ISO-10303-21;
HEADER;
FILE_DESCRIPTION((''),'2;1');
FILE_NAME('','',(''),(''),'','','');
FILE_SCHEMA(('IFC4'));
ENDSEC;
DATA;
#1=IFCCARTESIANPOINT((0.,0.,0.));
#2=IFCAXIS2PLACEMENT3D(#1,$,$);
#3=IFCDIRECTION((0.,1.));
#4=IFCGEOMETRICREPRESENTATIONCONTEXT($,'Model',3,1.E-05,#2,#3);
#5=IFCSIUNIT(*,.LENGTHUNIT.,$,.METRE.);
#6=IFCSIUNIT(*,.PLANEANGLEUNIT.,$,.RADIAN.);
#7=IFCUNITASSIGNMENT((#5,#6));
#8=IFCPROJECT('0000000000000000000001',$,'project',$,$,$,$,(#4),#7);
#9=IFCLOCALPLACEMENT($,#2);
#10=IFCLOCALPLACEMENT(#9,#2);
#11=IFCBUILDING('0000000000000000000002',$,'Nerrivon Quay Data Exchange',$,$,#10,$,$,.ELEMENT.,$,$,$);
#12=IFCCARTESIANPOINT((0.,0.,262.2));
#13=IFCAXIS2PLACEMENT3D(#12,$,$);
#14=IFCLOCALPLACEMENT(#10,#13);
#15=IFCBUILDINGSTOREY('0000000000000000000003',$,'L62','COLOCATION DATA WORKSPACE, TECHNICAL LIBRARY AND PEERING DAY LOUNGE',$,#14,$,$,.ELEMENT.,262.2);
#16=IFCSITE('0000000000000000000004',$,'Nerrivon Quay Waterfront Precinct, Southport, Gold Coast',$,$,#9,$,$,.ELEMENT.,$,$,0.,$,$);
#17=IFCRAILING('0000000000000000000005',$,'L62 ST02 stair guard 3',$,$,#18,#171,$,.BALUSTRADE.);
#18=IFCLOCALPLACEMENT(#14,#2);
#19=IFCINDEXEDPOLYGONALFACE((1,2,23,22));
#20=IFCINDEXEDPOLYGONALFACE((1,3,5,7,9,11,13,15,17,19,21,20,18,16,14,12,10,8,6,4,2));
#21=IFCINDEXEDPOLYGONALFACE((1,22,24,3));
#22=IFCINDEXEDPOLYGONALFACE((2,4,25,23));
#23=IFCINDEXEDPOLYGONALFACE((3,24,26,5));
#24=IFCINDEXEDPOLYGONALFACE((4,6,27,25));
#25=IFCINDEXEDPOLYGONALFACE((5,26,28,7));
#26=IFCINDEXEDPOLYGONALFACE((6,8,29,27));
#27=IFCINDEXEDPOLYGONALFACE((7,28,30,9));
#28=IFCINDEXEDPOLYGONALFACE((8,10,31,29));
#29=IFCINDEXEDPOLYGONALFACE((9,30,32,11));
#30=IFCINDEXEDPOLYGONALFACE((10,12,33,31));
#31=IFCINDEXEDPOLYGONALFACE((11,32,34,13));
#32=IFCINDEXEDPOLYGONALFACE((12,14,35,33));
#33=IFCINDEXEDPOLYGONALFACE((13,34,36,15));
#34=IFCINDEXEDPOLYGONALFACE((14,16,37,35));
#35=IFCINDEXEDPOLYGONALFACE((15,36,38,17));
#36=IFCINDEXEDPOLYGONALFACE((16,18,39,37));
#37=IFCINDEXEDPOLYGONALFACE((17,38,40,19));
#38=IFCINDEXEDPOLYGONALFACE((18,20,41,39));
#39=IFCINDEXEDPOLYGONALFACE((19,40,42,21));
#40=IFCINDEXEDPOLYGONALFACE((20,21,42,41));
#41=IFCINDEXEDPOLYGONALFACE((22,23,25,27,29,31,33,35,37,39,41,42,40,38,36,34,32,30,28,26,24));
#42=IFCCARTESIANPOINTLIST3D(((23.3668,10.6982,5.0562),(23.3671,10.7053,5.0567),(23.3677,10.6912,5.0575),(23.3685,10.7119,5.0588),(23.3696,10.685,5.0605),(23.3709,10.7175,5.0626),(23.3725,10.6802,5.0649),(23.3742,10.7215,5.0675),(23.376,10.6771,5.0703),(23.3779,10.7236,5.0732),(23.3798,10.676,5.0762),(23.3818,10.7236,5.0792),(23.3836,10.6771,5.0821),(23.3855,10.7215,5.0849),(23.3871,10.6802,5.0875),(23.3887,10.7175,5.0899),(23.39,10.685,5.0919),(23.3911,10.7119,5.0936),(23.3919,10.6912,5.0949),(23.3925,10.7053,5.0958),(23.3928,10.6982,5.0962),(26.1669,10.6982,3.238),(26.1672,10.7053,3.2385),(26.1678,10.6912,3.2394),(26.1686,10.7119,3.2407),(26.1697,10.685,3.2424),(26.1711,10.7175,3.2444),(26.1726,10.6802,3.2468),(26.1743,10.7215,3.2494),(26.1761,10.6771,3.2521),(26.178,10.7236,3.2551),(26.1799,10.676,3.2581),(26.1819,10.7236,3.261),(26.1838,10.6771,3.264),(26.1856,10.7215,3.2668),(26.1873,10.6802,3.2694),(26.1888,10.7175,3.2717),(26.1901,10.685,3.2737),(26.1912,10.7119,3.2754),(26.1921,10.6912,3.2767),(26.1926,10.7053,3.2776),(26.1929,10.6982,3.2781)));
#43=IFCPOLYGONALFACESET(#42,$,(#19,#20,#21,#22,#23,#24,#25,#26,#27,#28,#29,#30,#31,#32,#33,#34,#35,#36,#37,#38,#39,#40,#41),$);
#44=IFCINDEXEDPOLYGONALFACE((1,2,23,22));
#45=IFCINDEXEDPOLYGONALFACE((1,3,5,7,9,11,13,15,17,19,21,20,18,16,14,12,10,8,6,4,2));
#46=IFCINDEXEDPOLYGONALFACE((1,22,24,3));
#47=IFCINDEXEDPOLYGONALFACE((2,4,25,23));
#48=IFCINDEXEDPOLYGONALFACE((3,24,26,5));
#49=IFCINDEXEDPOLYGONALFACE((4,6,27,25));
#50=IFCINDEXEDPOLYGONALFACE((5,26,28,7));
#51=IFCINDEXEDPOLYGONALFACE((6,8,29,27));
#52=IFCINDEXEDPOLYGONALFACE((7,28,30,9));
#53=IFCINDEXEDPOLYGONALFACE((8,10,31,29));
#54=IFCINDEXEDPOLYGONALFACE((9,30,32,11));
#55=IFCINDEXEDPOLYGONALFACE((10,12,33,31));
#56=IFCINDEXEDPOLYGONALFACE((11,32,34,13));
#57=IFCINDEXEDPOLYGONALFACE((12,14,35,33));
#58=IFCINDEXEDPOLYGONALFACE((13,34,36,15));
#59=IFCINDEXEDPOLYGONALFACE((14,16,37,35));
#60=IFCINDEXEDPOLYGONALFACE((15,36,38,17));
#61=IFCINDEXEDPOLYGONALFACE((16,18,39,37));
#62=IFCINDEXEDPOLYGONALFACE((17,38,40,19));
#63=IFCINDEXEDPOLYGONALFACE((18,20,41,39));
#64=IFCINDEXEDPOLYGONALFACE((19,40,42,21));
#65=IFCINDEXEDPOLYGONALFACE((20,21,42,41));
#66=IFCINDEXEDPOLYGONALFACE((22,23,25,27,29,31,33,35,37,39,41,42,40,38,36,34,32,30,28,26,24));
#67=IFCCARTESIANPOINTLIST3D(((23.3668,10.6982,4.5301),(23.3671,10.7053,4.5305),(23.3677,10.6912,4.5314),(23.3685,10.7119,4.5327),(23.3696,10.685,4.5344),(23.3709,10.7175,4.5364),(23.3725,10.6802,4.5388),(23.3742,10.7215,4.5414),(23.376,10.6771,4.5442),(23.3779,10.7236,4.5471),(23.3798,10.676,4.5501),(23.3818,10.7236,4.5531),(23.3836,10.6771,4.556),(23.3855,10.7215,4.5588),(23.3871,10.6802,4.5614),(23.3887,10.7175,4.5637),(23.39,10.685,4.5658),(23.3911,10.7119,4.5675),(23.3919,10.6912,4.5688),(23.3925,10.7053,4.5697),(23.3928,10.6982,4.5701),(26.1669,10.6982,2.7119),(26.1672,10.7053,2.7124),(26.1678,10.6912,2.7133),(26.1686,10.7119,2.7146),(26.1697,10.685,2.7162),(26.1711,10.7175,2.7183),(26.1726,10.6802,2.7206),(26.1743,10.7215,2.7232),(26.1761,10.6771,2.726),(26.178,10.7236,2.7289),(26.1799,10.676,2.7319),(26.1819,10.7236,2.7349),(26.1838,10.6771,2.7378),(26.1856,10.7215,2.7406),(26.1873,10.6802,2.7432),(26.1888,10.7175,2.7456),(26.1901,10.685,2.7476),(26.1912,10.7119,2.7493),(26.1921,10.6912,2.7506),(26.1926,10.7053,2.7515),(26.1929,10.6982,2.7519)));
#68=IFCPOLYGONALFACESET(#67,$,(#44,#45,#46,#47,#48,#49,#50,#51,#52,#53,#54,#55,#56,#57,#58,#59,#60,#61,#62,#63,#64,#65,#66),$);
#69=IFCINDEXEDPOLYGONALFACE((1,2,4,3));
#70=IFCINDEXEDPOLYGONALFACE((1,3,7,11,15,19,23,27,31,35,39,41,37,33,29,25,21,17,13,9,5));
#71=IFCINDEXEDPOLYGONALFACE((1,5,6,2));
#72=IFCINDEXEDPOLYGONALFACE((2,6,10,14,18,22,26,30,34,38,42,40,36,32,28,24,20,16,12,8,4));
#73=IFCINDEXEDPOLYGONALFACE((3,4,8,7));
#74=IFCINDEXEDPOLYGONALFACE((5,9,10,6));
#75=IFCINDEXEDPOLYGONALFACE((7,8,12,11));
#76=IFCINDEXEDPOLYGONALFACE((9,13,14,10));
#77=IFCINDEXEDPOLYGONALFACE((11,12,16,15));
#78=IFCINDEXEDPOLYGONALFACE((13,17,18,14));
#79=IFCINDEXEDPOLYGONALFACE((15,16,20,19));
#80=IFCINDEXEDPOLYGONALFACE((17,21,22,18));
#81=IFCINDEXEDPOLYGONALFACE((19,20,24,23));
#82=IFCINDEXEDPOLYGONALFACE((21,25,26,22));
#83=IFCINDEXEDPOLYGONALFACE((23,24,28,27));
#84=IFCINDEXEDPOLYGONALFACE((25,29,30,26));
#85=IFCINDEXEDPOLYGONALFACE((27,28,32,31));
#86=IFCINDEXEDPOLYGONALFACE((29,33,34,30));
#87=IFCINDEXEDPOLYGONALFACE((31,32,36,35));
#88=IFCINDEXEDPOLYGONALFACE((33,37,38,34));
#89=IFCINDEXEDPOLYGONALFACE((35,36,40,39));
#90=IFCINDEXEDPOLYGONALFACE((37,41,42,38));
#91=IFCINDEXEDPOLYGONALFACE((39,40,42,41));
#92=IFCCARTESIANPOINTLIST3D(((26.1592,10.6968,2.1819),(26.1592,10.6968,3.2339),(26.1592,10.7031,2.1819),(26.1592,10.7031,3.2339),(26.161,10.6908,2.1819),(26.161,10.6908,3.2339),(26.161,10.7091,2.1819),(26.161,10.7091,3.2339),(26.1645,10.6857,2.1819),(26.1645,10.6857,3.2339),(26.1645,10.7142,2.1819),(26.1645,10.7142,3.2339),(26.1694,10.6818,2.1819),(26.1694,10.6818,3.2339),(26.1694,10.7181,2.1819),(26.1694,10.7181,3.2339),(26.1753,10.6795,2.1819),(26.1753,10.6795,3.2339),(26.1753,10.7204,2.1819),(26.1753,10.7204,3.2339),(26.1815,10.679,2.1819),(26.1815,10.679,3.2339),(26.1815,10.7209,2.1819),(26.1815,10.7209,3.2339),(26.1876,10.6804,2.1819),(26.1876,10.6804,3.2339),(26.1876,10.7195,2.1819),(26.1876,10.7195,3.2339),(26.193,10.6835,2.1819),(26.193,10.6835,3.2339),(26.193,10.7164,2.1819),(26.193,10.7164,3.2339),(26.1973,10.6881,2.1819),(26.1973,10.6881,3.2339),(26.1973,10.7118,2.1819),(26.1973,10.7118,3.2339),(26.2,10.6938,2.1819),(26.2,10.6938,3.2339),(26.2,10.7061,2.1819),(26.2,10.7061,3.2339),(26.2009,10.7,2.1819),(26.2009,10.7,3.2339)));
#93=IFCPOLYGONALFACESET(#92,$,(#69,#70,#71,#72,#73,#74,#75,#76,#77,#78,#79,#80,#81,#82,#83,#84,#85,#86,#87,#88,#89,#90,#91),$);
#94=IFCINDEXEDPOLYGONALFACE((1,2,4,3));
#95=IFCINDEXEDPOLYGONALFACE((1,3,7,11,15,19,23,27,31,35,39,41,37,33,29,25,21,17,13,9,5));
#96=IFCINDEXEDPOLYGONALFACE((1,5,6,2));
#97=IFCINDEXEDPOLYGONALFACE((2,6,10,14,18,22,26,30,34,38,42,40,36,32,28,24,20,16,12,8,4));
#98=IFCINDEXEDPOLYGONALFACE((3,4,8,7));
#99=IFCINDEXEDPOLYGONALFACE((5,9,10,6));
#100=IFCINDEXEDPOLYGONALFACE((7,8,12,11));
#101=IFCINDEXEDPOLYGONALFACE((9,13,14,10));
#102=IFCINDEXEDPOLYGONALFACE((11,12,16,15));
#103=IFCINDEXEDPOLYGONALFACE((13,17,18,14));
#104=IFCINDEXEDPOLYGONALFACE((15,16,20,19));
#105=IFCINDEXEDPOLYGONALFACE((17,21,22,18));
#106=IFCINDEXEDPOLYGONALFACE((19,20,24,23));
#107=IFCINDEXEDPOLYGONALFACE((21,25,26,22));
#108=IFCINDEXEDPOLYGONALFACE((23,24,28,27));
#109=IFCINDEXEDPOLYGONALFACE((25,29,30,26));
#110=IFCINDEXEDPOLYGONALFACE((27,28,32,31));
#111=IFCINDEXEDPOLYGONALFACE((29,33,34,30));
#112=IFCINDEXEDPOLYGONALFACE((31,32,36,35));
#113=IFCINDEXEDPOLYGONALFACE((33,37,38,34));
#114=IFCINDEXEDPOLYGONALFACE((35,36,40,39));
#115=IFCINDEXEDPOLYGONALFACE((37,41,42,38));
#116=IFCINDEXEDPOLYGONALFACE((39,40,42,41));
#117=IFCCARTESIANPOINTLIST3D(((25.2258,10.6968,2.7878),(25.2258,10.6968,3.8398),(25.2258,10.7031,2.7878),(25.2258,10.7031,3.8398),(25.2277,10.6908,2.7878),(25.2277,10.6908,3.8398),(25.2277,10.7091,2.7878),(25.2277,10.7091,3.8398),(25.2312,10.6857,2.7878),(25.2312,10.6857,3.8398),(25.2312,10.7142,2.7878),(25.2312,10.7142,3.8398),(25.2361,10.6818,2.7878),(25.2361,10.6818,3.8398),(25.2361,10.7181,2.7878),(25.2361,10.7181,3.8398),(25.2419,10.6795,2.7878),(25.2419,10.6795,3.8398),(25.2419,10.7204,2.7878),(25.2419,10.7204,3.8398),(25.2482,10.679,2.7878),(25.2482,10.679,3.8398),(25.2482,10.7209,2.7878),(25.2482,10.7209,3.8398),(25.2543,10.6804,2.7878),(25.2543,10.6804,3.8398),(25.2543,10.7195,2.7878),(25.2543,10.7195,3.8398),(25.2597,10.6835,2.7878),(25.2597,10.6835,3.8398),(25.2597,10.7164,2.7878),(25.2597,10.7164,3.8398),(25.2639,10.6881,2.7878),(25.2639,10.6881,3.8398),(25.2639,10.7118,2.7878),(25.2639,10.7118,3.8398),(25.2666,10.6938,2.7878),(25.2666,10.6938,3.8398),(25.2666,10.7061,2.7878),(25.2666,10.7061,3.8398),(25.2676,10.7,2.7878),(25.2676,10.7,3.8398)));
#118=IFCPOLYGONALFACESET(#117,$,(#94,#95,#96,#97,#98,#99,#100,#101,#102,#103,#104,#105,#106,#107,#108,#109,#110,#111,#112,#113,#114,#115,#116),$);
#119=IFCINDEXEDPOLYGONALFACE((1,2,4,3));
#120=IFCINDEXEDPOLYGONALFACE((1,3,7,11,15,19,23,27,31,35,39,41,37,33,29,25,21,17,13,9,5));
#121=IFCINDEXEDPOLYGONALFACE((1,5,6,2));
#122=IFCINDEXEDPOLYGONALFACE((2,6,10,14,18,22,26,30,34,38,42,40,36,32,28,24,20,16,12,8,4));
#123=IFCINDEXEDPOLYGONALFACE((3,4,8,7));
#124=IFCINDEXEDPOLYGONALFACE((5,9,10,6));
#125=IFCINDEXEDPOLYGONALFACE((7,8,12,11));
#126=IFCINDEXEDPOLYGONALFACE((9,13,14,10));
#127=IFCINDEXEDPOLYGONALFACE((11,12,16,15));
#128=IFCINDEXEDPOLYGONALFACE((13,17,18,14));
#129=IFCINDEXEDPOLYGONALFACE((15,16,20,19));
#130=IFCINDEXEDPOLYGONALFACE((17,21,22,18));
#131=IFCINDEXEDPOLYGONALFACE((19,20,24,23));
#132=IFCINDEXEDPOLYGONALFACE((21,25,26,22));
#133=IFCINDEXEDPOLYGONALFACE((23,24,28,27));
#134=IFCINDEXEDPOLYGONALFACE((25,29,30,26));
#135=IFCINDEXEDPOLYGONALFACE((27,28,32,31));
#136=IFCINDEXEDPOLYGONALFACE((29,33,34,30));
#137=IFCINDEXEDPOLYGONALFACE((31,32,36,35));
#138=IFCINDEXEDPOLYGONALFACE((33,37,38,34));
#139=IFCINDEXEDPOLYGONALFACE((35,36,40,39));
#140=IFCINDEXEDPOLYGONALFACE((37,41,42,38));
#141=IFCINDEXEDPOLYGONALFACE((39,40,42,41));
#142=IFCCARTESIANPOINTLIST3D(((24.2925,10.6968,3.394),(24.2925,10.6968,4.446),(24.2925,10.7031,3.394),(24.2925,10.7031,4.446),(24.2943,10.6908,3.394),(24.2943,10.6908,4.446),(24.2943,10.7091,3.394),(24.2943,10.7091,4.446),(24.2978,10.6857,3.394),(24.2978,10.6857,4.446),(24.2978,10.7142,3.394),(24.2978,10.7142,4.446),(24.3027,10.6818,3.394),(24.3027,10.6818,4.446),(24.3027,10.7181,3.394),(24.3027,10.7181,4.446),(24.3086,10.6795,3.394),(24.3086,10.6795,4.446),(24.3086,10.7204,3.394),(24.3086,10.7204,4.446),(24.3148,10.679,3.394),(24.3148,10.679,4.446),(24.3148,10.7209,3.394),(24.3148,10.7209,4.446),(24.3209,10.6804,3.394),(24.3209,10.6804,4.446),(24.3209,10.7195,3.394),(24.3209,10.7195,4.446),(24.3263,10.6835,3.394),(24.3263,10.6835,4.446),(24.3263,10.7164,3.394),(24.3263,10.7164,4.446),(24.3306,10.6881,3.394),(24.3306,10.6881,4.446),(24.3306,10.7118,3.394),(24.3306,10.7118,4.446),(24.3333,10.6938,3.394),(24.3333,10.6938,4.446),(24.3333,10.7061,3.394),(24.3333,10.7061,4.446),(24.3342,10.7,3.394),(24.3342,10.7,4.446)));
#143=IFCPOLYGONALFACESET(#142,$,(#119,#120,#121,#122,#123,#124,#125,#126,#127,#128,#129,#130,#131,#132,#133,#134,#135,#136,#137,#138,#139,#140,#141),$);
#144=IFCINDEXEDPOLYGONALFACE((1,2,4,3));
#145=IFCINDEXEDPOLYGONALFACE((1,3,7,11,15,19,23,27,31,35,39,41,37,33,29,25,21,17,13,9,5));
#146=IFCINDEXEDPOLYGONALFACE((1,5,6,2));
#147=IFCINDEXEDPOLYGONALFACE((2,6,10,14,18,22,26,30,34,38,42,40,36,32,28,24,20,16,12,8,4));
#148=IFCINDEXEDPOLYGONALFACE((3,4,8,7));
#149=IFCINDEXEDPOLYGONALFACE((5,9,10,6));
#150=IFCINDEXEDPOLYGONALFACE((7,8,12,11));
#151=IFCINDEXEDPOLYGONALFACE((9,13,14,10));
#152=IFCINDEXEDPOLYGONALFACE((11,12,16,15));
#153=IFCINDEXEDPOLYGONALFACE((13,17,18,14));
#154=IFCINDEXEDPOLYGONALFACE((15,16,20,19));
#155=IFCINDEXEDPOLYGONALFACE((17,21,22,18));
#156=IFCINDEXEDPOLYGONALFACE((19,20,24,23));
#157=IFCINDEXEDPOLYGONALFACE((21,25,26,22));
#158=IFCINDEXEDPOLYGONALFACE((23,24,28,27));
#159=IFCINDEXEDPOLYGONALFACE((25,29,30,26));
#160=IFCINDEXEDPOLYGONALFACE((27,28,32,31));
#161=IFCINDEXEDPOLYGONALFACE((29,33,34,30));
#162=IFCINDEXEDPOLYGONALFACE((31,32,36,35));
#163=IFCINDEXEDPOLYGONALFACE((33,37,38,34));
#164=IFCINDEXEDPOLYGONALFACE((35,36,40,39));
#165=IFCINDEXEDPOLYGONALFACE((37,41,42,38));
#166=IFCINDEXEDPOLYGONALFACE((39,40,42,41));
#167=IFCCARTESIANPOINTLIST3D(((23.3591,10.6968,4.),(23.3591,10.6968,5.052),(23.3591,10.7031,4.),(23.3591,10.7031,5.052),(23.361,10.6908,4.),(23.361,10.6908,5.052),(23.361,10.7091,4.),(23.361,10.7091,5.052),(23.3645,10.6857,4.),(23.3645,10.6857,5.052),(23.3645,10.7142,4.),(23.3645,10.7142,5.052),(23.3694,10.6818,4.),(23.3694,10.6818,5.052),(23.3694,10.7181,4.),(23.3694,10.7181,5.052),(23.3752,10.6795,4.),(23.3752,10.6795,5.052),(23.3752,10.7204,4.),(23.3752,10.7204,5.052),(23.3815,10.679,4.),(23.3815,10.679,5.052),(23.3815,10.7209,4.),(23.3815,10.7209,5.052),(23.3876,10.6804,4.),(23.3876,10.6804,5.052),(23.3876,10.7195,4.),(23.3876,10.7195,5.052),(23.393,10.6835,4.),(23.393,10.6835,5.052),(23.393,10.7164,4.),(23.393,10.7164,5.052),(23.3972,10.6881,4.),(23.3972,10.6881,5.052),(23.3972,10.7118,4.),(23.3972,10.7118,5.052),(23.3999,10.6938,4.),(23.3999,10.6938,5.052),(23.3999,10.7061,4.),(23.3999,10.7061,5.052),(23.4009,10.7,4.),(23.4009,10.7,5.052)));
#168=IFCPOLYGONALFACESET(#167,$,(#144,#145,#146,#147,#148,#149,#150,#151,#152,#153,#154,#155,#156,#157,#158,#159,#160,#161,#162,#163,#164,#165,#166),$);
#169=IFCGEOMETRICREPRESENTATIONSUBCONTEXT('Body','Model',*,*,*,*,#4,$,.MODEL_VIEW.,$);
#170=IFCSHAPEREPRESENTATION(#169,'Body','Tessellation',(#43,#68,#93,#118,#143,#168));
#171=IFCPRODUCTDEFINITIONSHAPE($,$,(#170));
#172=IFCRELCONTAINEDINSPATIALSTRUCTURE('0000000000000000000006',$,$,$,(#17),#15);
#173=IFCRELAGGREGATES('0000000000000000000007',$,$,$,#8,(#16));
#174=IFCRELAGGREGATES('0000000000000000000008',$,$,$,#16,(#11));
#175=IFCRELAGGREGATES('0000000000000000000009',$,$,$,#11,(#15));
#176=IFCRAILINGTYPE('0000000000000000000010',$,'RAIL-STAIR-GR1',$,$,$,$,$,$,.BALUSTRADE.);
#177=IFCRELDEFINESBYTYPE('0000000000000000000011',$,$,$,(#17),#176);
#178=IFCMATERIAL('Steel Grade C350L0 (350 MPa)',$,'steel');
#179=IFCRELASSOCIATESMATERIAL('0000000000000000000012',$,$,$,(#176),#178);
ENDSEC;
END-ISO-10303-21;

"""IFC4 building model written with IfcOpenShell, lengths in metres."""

from ifc_helpers import new_model, si_unit, direction, frame, origin, origin_2d, place, context, subcontext, project, spatial, circle, extrude, material, type_object, element, save


model = new_model("IFC4")

# Units and contexts
model_context = context("Model", 3, precision=1e-05, world=origin(), true_north=direction((0.0, 1.0)))
body_context = subcontext(model_context, "Body", "Model", "MODEL_VIEW")
ifc_project = project(units=[si_unit("LENGTHUNIT", "METRE"), si_unit("PLANEANGLEUNIT", "RADIAN")], contexts=[model_context])

# Site, building, storey
site_placement = place(None, origin())
site = spatial("IfcSite", under=ifc_project, at=site_placement, Name="Nerrivon Quay Waterfront Precinct, Southport, Gold Coast", CompositionType="ELEMENT", RefElevation=0.0)
building_placement = place(site_placement, origin())
building = spatial("IfcBuilding", under=site, at=building_placement, Name="Nerrivon Quay Data Exchange", CompositionType="ELEMENT")
storey_placement = place(building_placement, frame((0.0, 0.0, 262.2)))
storey = spatial("IfcBuildingStorey", under=building, at=storey_placement, Name="L62", Description="COLOCATION DATA WORKSPACE, TECHNICAL LIBRARY AND PEERING DAY LOUNGE", CompositionType="ELEMENT", Elevation=262.2)

# Railing
ifc_material_1 = material(Name="Steel Grade C350L0 (350 MPa)", Category="steel")
railing_type_1 = type_object("IfcRailingType", Name="RAIL-STAIR-GR1", PredefinedType="BALUSTRADE", material=ifc_material_1)
railing_1_placement = place(storey_placement, frame((26.1799, 10.7, 2.1819)))
element("IfcRailing", 1, at=railing_1_placement, inside=storey, type_object=railing_type_1, Name="L62 ST02 stair guard 3", PredefinedType="BALUSTRADE", context=body_context, shape_type="SweptSolid", body=[
    extrude(circle(Radius=0.0239, at=origin_2d()), frame((0.0, 0.0, 1.0762), z_axis=(-0.838706, 0.0, 0.544585), x_axis=(0.0, -1.0, 0.0)), (0.0, 0.0, 1.0), 3.3386),
    extrude(circle(Radius=0.0239, at=origin_2d()), frame((0.0, 0.0, 0.55), z_axis=(-0.838706, 0.0, 0.544585), x_axis=(0.0, -1.0, 0.0)), (0.0, 0.0, 1.0), 3.3386),
    extrude(circle(Radius=0.021, at=origin_2d()), origin(), (0.0, 0.0, 1.0), 1.052),
    extrude(circle(Radius=0.021, at=origin_2d()), frame((-0.9333, 0.0, 0.606)), (0.0, 0.0, 1.0), 1.052),
    extrude(circle(Radius=0.021, at=origin_2d()), frame((-1.8667, 0.0, 1.2122)), (0.0, 0.0, 1.0), 1.052),
    extrude(circle(Radius=0.021, at=origin_2d()), frame((-2.8, 0.0, 1.8181)), (0.0, 0.0, 1.0), 1.052),
])

save(model, "model.ifc")
